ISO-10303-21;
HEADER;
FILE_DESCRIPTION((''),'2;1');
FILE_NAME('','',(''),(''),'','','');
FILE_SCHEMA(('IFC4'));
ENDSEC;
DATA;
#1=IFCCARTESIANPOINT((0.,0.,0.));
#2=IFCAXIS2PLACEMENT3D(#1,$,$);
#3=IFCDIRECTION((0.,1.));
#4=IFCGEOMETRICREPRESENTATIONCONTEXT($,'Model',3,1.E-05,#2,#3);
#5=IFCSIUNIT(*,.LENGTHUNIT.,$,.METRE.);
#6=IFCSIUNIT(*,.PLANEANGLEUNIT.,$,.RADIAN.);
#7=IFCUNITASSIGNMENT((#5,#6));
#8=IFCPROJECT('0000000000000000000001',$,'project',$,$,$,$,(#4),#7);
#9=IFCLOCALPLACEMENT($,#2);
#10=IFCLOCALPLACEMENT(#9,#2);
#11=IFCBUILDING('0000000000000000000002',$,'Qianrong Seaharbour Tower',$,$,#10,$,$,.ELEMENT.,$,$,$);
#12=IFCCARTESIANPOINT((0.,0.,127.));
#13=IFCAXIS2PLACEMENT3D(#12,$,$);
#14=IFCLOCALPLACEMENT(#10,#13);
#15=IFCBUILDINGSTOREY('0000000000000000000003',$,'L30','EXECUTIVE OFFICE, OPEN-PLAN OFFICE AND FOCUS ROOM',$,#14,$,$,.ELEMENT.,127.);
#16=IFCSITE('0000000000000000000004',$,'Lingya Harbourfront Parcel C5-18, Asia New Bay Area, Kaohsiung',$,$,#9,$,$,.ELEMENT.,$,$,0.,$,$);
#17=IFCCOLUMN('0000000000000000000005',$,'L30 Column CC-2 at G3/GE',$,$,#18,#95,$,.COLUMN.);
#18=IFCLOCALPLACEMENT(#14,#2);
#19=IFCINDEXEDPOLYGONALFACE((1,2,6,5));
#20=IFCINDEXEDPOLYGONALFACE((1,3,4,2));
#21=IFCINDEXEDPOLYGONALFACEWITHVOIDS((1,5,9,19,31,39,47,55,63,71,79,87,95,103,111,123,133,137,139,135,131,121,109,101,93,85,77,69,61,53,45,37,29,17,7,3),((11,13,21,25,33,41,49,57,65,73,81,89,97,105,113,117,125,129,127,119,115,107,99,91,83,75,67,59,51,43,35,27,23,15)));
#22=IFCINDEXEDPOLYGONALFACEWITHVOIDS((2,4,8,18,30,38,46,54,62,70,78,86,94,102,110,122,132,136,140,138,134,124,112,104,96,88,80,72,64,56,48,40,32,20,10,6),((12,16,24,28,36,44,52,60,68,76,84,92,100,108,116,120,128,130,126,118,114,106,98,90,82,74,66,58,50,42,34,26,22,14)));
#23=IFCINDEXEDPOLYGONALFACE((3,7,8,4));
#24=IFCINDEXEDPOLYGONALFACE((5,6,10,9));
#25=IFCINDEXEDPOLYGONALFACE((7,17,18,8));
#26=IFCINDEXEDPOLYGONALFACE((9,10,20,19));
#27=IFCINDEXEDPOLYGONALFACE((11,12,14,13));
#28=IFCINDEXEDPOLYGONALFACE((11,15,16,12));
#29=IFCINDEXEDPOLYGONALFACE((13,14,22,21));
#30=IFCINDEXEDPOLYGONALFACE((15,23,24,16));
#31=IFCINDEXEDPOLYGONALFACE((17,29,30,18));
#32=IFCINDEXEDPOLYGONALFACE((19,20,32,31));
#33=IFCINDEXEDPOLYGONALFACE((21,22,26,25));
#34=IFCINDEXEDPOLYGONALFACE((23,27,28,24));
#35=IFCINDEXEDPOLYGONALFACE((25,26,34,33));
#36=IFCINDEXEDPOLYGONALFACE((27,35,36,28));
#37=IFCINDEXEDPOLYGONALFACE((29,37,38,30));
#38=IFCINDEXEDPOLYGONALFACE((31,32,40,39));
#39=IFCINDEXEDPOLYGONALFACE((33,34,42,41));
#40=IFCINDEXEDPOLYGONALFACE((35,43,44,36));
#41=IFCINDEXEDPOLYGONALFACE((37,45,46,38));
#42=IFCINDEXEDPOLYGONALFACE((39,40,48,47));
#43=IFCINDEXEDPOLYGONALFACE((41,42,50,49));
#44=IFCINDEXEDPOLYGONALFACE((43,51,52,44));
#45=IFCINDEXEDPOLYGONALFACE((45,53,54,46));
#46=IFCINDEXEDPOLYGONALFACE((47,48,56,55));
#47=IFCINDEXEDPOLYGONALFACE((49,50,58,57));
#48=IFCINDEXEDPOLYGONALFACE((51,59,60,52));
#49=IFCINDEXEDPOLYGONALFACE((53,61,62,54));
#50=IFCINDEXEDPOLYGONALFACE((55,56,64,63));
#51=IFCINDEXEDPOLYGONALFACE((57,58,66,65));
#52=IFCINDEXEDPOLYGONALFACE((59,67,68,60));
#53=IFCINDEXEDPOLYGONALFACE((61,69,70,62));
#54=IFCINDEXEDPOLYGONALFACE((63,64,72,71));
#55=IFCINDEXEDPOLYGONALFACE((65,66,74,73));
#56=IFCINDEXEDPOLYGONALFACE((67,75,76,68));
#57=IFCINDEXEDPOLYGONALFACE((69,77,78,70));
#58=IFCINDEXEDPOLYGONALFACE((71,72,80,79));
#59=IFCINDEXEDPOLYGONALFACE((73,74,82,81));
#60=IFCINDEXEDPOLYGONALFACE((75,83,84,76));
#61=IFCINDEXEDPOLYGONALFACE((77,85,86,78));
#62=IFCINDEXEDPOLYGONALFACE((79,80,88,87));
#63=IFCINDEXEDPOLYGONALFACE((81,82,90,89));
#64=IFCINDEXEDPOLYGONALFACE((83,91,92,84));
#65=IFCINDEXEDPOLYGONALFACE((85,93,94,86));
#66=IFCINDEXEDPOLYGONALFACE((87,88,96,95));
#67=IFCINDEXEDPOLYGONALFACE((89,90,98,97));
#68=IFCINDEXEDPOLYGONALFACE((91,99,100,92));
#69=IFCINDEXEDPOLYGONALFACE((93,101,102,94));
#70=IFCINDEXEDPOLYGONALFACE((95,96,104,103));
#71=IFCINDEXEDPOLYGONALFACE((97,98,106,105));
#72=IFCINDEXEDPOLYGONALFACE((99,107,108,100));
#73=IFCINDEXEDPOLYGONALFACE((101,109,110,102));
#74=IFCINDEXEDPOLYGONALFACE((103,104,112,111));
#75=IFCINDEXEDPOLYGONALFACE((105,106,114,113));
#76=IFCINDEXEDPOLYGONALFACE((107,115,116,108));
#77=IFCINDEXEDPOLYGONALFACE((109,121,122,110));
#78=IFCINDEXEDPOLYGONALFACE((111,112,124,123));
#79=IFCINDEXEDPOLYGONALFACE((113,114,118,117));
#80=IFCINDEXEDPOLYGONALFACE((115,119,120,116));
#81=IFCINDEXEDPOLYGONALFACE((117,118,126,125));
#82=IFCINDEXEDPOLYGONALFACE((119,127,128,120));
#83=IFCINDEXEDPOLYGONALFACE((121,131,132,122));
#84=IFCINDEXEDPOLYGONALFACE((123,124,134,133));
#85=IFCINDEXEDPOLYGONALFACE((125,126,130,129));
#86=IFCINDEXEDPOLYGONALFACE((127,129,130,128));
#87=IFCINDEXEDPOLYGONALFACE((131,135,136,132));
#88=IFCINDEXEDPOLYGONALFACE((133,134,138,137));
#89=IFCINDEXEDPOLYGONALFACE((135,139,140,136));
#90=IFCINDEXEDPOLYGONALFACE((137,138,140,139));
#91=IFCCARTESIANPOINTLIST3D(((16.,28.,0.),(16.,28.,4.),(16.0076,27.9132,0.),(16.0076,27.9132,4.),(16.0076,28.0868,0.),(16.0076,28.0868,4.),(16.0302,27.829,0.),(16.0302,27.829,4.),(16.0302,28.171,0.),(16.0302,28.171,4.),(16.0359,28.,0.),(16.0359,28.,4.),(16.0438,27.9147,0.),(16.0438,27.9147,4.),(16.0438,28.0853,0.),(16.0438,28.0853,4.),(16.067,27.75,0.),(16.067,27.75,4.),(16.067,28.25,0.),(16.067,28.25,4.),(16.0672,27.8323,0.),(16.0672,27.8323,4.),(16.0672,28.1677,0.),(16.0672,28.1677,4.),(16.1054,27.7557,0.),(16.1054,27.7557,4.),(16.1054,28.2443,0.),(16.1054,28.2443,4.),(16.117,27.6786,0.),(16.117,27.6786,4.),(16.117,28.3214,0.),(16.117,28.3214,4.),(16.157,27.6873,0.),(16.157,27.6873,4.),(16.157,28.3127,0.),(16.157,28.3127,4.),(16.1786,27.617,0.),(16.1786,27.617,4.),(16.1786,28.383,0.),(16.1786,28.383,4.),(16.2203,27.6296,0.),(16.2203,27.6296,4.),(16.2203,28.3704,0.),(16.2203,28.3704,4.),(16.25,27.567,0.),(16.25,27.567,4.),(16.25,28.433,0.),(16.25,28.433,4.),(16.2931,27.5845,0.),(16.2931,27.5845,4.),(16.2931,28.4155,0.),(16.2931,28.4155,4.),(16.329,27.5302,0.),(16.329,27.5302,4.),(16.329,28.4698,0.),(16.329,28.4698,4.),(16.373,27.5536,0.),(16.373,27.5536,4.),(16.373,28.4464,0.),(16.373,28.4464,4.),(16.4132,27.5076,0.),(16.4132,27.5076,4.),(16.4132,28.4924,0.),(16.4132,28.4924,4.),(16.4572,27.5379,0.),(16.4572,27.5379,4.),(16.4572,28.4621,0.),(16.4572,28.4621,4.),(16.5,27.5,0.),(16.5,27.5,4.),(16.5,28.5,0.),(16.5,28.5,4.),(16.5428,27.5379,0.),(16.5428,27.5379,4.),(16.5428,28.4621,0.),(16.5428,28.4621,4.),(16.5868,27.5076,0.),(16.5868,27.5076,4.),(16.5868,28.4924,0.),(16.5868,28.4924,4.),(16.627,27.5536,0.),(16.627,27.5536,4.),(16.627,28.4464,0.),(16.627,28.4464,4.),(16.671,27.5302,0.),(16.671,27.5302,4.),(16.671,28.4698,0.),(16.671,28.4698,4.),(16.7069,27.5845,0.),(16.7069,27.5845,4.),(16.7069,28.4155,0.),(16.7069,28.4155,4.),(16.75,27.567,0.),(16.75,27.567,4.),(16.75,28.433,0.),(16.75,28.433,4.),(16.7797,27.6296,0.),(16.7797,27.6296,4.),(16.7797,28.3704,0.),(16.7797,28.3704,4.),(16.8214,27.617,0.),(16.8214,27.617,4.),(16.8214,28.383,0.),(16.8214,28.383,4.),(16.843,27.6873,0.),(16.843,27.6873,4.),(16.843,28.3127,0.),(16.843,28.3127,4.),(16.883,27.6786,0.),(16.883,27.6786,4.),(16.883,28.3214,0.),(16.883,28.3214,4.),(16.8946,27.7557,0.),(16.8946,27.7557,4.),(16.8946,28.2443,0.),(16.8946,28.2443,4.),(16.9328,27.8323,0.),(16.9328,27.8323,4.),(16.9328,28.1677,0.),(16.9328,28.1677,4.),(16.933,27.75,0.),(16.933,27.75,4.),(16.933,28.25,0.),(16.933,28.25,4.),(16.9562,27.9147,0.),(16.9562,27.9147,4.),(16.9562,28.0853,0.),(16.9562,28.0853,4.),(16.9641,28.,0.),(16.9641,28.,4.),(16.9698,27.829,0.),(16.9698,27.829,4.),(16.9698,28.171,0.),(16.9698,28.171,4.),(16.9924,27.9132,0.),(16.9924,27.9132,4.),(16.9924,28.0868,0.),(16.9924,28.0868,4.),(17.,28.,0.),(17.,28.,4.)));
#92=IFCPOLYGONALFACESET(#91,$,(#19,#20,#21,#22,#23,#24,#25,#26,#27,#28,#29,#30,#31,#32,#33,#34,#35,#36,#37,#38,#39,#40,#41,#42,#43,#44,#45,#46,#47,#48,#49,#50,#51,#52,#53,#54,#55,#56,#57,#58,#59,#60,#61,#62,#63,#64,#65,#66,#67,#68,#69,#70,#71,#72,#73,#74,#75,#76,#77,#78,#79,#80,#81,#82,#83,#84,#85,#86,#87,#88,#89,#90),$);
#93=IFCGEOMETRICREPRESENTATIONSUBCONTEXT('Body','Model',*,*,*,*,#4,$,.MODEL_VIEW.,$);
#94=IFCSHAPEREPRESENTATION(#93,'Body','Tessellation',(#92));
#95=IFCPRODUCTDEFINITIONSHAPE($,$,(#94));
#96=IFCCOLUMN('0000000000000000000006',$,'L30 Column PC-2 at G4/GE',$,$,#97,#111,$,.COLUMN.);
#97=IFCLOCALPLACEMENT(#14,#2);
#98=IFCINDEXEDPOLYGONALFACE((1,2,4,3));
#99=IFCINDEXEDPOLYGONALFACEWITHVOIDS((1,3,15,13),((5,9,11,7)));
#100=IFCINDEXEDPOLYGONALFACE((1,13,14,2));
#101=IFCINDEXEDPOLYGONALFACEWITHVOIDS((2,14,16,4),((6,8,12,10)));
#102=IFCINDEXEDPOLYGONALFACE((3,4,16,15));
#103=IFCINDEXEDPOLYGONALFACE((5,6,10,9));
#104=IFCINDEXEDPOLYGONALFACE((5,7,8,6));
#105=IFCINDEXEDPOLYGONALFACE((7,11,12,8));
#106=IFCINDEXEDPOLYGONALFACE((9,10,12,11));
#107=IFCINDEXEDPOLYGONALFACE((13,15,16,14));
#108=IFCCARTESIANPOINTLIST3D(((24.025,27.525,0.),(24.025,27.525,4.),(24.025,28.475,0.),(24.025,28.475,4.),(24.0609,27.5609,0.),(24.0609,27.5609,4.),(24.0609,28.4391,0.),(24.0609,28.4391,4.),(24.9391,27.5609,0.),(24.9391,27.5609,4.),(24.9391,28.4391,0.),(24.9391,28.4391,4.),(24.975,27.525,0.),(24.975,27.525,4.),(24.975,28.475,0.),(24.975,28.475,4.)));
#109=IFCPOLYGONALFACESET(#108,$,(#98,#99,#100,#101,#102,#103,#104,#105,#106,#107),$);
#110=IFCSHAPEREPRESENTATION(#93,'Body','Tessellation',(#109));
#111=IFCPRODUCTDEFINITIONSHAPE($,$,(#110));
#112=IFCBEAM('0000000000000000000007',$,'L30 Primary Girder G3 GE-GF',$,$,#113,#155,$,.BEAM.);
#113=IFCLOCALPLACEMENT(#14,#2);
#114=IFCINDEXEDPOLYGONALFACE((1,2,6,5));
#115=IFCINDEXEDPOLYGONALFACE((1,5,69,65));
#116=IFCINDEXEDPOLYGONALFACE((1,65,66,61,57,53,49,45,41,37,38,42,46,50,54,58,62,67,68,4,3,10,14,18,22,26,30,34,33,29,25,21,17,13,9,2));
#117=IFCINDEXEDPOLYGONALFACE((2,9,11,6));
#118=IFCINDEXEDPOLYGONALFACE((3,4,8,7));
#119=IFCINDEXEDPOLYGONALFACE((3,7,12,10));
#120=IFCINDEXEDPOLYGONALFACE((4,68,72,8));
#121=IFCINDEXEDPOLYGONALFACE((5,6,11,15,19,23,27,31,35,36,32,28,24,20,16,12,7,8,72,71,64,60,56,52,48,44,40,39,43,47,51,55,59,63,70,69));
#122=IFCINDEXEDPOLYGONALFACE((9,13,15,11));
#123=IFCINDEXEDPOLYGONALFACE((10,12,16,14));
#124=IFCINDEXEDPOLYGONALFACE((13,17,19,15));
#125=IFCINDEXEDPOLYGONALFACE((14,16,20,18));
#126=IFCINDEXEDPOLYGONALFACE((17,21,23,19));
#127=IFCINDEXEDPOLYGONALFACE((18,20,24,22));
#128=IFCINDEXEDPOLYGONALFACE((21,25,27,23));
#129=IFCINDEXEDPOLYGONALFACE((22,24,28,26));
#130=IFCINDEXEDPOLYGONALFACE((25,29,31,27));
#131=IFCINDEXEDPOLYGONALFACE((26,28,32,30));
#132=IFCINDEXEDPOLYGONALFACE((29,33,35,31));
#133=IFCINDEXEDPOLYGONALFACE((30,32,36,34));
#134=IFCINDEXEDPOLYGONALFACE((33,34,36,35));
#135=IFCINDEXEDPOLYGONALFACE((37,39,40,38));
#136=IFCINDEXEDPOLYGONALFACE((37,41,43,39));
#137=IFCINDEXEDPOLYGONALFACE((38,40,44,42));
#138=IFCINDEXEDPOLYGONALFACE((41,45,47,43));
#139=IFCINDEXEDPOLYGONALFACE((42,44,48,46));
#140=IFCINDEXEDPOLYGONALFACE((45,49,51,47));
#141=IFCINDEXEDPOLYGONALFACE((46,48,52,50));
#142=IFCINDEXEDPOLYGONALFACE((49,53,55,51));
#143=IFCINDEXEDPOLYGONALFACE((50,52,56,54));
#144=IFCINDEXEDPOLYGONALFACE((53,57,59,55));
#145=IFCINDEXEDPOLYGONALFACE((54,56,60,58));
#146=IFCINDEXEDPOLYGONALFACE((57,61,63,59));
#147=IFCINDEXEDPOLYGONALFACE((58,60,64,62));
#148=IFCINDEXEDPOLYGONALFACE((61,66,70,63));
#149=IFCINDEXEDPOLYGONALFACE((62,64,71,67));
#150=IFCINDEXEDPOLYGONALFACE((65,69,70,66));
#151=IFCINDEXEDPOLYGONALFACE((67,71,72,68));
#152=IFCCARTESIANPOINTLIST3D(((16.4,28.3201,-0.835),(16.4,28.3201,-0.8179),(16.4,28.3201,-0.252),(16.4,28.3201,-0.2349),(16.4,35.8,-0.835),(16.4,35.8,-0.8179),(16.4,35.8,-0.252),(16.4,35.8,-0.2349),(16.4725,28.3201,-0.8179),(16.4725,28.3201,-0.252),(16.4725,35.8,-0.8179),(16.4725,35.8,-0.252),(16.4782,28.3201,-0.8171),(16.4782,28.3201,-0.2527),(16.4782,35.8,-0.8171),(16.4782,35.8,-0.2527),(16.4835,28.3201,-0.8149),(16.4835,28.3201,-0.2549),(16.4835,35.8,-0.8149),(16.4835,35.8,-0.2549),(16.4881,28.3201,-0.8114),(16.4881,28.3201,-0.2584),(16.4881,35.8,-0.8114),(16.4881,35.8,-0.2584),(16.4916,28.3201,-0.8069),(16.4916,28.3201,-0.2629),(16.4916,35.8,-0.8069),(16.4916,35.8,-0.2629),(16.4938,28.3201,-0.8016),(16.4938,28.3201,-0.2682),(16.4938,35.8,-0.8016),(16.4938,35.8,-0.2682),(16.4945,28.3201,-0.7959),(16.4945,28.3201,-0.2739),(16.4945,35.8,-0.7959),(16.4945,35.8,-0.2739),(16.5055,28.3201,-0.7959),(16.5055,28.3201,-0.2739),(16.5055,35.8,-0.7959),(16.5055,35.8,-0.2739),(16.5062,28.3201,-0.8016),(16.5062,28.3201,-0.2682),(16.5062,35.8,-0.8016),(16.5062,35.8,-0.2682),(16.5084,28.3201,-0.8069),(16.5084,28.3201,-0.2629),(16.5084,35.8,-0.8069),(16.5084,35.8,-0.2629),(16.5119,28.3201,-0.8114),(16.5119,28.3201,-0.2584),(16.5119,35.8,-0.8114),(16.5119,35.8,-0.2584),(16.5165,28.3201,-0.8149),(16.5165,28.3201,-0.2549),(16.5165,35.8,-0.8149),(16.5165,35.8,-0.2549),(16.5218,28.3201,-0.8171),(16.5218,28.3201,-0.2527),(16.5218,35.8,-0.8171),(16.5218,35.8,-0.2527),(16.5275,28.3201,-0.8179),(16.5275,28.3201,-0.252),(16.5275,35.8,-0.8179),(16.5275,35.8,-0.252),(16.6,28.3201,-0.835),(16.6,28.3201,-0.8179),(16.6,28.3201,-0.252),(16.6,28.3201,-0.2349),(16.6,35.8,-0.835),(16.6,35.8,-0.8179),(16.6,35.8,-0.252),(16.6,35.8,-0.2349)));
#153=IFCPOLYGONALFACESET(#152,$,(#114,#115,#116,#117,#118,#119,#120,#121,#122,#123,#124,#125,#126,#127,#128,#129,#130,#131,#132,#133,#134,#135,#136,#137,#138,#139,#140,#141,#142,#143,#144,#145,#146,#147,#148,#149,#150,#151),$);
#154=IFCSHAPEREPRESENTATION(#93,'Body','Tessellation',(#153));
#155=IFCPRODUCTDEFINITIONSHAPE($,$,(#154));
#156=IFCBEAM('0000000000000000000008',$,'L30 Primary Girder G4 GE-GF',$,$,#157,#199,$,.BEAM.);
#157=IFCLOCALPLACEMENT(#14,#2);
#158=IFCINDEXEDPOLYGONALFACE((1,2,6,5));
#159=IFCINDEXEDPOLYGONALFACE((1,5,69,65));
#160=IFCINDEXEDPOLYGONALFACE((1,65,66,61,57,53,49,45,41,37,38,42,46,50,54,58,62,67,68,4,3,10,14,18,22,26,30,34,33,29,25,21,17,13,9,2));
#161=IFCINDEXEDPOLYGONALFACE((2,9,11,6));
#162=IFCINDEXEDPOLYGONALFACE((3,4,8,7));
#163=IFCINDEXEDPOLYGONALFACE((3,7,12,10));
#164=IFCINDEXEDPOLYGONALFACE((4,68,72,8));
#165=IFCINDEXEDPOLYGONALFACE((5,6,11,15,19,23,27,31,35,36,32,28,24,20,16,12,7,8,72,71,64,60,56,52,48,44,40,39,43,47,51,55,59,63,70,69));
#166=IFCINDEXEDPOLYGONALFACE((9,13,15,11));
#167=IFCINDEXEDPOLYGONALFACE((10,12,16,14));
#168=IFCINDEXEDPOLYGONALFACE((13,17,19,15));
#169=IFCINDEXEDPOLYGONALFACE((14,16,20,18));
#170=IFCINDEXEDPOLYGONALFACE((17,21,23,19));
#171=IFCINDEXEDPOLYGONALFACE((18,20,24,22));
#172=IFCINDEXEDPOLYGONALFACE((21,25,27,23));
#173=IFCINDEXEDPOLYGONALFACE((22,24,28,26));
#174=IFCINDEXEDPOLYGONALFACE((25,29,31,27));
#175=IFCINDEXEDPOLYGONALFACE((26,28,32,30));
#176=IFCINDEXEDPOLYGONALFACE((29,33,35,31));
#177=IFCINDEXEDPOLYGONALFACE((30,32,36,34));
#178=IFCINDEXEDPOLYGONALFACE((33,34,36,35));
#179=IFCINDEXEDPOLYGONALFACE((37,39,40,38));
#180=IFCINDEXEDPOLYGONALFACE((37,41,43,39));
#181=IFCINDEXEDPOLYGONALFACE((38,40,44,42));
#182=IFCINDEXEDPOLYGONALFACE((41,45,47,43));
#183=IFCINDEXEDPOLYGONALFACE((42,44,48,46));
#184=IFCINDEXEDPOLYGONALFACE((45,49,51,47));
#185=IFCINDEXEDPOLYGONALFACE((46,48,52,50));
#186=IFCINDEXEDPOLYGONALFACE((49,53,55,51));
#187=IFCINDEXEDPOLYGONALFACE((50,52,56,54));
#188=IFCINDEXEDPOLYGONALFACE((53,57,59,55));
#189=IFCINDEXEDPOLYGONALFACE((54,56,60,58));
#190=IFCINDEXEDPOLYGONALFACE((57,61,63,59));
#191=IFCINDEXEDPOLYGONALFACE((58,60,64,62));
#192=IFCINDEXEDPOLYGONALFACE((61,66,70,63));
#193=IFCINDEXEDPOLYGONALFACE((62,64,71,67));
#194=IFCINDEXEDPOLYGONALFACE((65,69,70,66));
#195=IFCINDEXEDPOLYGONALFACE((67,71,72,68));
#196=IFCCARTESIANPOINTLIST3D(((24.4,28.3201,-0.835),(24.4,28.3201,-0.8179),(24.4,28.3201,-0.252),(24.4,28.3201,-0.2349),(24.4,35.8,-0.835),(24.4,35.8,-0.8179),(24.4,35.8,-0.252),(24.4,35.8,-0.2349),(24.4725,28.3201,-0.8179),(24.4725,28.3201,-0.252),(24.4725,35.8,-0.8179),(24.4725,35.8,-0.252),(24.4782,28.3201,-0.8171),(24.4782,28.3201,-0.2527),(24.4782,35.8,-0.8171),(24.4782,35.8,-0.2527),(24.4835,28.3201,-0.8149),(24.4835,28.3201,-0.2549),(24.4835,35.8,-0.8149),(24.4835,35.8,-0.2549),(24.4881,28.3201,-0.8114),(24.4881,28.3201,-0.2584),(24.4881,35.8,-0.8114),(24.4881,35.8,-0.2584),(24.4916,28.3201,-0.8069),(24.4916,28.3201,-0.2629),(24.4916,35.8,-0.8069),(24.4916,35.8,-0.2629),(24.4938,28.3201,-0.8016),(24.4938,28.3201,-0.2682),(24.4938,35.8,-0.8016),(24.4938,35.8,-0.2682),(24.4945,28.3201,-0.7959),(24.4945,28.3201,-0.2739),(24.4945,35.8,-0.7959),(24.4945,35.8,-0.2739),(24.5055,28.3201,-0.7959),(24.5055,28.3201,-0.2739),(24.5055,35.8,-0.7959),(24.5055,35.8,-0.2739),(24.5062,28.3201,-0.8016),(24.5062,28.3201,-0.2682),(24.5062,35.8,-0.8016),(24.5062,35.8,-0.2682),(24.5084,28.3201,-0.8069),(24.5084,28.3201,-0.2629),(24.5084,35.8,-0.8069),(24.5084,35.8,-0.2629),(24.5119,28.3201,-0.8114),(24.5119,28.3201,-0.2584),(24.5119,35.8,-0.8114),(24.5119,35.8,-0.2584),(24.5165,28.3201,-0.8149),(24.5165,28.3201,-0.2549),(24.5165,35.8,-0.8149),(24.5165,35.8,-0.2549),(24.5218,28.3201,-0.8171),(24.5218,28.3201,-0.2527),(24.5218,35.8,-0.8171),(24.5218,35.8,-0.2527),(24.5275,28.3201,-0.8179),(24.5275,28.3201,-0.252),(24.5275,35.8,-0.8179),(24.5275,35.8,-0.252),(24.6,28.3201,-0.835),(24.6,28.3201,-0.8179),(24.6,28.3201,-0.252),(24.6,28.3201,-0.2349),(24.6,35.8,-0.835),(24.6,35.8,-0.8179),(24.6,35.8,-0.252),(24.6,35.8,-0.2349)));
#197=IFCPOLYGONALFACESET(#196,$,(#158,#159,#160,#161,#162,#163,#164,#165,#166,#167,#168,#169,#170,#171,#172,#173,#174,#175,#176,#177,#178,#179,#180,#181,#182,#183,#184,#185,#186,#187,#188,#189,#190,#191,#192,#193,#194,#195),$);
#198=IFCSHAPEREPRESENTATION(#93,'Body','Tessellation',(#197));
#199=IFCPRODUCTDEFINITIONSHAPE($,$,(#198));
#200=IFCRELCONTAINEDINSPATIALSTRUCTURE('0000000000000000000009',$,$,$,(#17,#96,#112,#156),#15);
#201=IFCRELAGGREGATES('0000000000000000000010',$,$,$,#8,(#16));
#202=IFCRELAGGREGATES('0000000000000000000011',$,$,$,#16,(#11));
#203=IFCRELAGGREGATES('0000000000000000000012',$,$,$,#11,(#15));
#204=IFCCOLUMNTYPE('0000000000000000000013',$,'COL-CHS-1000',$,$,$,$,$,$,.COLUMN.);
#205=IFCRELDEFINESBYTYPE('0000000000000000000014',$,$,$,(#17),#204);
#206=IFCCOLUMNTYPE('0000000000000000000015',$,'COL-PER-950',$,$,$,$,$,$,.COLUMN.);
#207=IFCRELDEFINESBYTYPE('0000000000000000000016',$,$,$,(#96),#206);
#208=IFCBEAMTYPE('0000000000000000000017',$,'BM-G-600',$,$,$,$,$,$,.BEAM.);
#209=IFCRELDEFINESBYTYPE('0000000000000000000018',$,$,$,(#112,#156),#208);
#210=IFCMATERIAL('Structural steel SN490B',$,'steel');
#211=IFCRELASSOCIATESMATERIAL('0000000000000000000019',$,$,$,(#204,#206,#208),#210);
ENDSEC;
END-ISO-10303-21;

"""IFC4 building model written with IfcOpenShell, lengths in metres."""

from ifc_helpers import new_model, si_unit, direction, frame, origin, origin_2d, place, context, subcontext, project, spatial, hollow_rectangle, hollow_circle, i_section, extrude, material, material_profile, profile_set, type_object, element, save


model = new_model("IFC4")

# Units and contexts
model_context = context("Model", 3, precision=1e-05, world=origin(), true_north=direction((0.0, 1.0)))
body_context = subcontext(model_context, "Body", "Model", "MODEL_VIEW")
ifc_project = project(units=[si_unit("LENGTHUNIT", "METRE"), si_unit("PLANEANGLEUNIT", "RADIAN")], contexts=[model_context])

# Site, building, storey
site_placement = place(None, origin())
site = spatial("IfcSite", under=ifc_project, at=site_placement, Name="Lingya Harbourfront Parcel C5-18, Asia New Bay Area, Kaohsiung", CompositionType="ELEMENT", RefElevation=0.0)
building_placement = place(site_placement, origin())
building = spatial("IfcBuilding", under=site, at=building_placement, Name="Qianrong Seaharbour Tower", CompositionType="ELEMENT")
storey_placement = place(building_placement, frame((0.0, 0.0, 127.0)))
storey = spatial("IfcBuildingStorey", under=building, at=storey_placement, Name="L30", Description="EXECUTIVE OFFICE, OPEN-PLAN OFFICE AND FOCUS ROOM", CompositionType="ELEMENT", Elevation=127.0)

# Columns
ifc_material_1 = material(Name="Structural steel SN490B", Category="steel")
ifc_material_profile_1 = material_profile(ifc_material_1, hollow_circle(Radius=0.5, WallThickness=0.0359, at=origin_2d()), Name="CHS1000x36")
ifc_profile_set_1 = profile_set([ifc_material_profile_1], Name="Structural steel SN490B")
column_type_1 = type_object("IfcColumnType", Name="COL-CHS-1000", PredefinedType="COLUMN", material=ifc_profile_set_1)
column_1_placement = place(storey_placement, frame((16.5, 28.0, 0.0), z_axis=(0.0, 0.0, 1.0), x_axis=(1.0, 0.0, 0.0)))
element("IfcColumn", 1, at=column_1_placement, inside=storey, type_object=column_type_1, Name="L30 Column CC-2 at G3/GE", PredefinedType="COLUMN", context=body_context, shape_type="SweptSolid", body=[
    extrude(hollow_circle(Radius=0.5, WallThickness=0.0359, at=origin_2d()), origin(), (0.0, 0.0, 1.0), 4.0),
])
ifc_material_profile_2 = material_profile(ifc_material_1, hollow_rectangle(XDim=0.95, YDim=0.95, WallThickness=0.0359, at=origin_2d()), Name="BOX950x950x36")
ifc_profile_set_2 = profile_set([ifc_material_profile_2], Name="Structural steel SN490B")
column_type_2 = type_object("IfcColumnType", Name="COL-PER-950", PredefinedType="COLUMN", material=ifc_profile_set_2)
column_2_placement = place(storey_placement, frame((24.5, 28.0, 0.0), z_axis=(0.0, 0.0, 1.0), x_axis=(1.0, 0.0, 0.0)))
element("IfcColumn", 2, at=column_2_placement, inside=storey, type_object=column_type_2, Name="L30 Column PC-2 at G4/GE", PredefinedType="COLUMN", context=body_context, shape_type="SweptSolid", body=[
    extrude(hollow_rectangle(XDim=0.95, YDim=0.95, WallThickness=0.0359, at=origin_2d()), origin(), (0.0, 0.0, 1.0), 4.0),
])

# Beams
ifc_material_profile_3 = material_profile(ifc_material_1, i_section(OverallWidth=0.2, OverallDepth=0.6001, WebThickness=0.011, FlangeThickness=0.0171, FilletRadius=0.022, at=origin_2d()), Name="H600x200x11x17")
ifc_profile_set_3 = profile_set([ifc_material_profile_3], Name="Structural steel SN490B")
beam_type_1 = type_object("IfcBeamType", Name="BM-G-600", PredefinedType="BEAM", material=ifc_profile_set_3)
for number, where, z_axis, x_axis, name in (
    (3, (16.5, 28.3201, -0.5349), (0.0, 1.0, 0.0), (-1.0, 0.0, 0.0), "L30 Primary Girder G3 GE-GF"),
    (4, (24.5, 28.3201, -0.5349), (0.0, 1.0, 0.0), (-1.0, 0.0, 0.0), "L30 Primary Girder G4 GE-GF"),
):
    element("IfcBeam", number, at=place(storey_placement, frame(where, z_axis=z_axis, x_axis=x_axis)), inside=storey, type_object=beam_type_1, Name=name, PredefinedType="BEAM", context=body_context, shape_type="SweptSolid", body=[
        extrude(i_section(OverallWidth=0.2, OverallDepth=0.6001, WebThickness=0.011, FlangeThickness=0.0171, FilletRadius=0.022, at=origin_2d()), origin(), (0.0, 0.0, 1.0), 7.48),
    ])

save(model, "model.ifc")
